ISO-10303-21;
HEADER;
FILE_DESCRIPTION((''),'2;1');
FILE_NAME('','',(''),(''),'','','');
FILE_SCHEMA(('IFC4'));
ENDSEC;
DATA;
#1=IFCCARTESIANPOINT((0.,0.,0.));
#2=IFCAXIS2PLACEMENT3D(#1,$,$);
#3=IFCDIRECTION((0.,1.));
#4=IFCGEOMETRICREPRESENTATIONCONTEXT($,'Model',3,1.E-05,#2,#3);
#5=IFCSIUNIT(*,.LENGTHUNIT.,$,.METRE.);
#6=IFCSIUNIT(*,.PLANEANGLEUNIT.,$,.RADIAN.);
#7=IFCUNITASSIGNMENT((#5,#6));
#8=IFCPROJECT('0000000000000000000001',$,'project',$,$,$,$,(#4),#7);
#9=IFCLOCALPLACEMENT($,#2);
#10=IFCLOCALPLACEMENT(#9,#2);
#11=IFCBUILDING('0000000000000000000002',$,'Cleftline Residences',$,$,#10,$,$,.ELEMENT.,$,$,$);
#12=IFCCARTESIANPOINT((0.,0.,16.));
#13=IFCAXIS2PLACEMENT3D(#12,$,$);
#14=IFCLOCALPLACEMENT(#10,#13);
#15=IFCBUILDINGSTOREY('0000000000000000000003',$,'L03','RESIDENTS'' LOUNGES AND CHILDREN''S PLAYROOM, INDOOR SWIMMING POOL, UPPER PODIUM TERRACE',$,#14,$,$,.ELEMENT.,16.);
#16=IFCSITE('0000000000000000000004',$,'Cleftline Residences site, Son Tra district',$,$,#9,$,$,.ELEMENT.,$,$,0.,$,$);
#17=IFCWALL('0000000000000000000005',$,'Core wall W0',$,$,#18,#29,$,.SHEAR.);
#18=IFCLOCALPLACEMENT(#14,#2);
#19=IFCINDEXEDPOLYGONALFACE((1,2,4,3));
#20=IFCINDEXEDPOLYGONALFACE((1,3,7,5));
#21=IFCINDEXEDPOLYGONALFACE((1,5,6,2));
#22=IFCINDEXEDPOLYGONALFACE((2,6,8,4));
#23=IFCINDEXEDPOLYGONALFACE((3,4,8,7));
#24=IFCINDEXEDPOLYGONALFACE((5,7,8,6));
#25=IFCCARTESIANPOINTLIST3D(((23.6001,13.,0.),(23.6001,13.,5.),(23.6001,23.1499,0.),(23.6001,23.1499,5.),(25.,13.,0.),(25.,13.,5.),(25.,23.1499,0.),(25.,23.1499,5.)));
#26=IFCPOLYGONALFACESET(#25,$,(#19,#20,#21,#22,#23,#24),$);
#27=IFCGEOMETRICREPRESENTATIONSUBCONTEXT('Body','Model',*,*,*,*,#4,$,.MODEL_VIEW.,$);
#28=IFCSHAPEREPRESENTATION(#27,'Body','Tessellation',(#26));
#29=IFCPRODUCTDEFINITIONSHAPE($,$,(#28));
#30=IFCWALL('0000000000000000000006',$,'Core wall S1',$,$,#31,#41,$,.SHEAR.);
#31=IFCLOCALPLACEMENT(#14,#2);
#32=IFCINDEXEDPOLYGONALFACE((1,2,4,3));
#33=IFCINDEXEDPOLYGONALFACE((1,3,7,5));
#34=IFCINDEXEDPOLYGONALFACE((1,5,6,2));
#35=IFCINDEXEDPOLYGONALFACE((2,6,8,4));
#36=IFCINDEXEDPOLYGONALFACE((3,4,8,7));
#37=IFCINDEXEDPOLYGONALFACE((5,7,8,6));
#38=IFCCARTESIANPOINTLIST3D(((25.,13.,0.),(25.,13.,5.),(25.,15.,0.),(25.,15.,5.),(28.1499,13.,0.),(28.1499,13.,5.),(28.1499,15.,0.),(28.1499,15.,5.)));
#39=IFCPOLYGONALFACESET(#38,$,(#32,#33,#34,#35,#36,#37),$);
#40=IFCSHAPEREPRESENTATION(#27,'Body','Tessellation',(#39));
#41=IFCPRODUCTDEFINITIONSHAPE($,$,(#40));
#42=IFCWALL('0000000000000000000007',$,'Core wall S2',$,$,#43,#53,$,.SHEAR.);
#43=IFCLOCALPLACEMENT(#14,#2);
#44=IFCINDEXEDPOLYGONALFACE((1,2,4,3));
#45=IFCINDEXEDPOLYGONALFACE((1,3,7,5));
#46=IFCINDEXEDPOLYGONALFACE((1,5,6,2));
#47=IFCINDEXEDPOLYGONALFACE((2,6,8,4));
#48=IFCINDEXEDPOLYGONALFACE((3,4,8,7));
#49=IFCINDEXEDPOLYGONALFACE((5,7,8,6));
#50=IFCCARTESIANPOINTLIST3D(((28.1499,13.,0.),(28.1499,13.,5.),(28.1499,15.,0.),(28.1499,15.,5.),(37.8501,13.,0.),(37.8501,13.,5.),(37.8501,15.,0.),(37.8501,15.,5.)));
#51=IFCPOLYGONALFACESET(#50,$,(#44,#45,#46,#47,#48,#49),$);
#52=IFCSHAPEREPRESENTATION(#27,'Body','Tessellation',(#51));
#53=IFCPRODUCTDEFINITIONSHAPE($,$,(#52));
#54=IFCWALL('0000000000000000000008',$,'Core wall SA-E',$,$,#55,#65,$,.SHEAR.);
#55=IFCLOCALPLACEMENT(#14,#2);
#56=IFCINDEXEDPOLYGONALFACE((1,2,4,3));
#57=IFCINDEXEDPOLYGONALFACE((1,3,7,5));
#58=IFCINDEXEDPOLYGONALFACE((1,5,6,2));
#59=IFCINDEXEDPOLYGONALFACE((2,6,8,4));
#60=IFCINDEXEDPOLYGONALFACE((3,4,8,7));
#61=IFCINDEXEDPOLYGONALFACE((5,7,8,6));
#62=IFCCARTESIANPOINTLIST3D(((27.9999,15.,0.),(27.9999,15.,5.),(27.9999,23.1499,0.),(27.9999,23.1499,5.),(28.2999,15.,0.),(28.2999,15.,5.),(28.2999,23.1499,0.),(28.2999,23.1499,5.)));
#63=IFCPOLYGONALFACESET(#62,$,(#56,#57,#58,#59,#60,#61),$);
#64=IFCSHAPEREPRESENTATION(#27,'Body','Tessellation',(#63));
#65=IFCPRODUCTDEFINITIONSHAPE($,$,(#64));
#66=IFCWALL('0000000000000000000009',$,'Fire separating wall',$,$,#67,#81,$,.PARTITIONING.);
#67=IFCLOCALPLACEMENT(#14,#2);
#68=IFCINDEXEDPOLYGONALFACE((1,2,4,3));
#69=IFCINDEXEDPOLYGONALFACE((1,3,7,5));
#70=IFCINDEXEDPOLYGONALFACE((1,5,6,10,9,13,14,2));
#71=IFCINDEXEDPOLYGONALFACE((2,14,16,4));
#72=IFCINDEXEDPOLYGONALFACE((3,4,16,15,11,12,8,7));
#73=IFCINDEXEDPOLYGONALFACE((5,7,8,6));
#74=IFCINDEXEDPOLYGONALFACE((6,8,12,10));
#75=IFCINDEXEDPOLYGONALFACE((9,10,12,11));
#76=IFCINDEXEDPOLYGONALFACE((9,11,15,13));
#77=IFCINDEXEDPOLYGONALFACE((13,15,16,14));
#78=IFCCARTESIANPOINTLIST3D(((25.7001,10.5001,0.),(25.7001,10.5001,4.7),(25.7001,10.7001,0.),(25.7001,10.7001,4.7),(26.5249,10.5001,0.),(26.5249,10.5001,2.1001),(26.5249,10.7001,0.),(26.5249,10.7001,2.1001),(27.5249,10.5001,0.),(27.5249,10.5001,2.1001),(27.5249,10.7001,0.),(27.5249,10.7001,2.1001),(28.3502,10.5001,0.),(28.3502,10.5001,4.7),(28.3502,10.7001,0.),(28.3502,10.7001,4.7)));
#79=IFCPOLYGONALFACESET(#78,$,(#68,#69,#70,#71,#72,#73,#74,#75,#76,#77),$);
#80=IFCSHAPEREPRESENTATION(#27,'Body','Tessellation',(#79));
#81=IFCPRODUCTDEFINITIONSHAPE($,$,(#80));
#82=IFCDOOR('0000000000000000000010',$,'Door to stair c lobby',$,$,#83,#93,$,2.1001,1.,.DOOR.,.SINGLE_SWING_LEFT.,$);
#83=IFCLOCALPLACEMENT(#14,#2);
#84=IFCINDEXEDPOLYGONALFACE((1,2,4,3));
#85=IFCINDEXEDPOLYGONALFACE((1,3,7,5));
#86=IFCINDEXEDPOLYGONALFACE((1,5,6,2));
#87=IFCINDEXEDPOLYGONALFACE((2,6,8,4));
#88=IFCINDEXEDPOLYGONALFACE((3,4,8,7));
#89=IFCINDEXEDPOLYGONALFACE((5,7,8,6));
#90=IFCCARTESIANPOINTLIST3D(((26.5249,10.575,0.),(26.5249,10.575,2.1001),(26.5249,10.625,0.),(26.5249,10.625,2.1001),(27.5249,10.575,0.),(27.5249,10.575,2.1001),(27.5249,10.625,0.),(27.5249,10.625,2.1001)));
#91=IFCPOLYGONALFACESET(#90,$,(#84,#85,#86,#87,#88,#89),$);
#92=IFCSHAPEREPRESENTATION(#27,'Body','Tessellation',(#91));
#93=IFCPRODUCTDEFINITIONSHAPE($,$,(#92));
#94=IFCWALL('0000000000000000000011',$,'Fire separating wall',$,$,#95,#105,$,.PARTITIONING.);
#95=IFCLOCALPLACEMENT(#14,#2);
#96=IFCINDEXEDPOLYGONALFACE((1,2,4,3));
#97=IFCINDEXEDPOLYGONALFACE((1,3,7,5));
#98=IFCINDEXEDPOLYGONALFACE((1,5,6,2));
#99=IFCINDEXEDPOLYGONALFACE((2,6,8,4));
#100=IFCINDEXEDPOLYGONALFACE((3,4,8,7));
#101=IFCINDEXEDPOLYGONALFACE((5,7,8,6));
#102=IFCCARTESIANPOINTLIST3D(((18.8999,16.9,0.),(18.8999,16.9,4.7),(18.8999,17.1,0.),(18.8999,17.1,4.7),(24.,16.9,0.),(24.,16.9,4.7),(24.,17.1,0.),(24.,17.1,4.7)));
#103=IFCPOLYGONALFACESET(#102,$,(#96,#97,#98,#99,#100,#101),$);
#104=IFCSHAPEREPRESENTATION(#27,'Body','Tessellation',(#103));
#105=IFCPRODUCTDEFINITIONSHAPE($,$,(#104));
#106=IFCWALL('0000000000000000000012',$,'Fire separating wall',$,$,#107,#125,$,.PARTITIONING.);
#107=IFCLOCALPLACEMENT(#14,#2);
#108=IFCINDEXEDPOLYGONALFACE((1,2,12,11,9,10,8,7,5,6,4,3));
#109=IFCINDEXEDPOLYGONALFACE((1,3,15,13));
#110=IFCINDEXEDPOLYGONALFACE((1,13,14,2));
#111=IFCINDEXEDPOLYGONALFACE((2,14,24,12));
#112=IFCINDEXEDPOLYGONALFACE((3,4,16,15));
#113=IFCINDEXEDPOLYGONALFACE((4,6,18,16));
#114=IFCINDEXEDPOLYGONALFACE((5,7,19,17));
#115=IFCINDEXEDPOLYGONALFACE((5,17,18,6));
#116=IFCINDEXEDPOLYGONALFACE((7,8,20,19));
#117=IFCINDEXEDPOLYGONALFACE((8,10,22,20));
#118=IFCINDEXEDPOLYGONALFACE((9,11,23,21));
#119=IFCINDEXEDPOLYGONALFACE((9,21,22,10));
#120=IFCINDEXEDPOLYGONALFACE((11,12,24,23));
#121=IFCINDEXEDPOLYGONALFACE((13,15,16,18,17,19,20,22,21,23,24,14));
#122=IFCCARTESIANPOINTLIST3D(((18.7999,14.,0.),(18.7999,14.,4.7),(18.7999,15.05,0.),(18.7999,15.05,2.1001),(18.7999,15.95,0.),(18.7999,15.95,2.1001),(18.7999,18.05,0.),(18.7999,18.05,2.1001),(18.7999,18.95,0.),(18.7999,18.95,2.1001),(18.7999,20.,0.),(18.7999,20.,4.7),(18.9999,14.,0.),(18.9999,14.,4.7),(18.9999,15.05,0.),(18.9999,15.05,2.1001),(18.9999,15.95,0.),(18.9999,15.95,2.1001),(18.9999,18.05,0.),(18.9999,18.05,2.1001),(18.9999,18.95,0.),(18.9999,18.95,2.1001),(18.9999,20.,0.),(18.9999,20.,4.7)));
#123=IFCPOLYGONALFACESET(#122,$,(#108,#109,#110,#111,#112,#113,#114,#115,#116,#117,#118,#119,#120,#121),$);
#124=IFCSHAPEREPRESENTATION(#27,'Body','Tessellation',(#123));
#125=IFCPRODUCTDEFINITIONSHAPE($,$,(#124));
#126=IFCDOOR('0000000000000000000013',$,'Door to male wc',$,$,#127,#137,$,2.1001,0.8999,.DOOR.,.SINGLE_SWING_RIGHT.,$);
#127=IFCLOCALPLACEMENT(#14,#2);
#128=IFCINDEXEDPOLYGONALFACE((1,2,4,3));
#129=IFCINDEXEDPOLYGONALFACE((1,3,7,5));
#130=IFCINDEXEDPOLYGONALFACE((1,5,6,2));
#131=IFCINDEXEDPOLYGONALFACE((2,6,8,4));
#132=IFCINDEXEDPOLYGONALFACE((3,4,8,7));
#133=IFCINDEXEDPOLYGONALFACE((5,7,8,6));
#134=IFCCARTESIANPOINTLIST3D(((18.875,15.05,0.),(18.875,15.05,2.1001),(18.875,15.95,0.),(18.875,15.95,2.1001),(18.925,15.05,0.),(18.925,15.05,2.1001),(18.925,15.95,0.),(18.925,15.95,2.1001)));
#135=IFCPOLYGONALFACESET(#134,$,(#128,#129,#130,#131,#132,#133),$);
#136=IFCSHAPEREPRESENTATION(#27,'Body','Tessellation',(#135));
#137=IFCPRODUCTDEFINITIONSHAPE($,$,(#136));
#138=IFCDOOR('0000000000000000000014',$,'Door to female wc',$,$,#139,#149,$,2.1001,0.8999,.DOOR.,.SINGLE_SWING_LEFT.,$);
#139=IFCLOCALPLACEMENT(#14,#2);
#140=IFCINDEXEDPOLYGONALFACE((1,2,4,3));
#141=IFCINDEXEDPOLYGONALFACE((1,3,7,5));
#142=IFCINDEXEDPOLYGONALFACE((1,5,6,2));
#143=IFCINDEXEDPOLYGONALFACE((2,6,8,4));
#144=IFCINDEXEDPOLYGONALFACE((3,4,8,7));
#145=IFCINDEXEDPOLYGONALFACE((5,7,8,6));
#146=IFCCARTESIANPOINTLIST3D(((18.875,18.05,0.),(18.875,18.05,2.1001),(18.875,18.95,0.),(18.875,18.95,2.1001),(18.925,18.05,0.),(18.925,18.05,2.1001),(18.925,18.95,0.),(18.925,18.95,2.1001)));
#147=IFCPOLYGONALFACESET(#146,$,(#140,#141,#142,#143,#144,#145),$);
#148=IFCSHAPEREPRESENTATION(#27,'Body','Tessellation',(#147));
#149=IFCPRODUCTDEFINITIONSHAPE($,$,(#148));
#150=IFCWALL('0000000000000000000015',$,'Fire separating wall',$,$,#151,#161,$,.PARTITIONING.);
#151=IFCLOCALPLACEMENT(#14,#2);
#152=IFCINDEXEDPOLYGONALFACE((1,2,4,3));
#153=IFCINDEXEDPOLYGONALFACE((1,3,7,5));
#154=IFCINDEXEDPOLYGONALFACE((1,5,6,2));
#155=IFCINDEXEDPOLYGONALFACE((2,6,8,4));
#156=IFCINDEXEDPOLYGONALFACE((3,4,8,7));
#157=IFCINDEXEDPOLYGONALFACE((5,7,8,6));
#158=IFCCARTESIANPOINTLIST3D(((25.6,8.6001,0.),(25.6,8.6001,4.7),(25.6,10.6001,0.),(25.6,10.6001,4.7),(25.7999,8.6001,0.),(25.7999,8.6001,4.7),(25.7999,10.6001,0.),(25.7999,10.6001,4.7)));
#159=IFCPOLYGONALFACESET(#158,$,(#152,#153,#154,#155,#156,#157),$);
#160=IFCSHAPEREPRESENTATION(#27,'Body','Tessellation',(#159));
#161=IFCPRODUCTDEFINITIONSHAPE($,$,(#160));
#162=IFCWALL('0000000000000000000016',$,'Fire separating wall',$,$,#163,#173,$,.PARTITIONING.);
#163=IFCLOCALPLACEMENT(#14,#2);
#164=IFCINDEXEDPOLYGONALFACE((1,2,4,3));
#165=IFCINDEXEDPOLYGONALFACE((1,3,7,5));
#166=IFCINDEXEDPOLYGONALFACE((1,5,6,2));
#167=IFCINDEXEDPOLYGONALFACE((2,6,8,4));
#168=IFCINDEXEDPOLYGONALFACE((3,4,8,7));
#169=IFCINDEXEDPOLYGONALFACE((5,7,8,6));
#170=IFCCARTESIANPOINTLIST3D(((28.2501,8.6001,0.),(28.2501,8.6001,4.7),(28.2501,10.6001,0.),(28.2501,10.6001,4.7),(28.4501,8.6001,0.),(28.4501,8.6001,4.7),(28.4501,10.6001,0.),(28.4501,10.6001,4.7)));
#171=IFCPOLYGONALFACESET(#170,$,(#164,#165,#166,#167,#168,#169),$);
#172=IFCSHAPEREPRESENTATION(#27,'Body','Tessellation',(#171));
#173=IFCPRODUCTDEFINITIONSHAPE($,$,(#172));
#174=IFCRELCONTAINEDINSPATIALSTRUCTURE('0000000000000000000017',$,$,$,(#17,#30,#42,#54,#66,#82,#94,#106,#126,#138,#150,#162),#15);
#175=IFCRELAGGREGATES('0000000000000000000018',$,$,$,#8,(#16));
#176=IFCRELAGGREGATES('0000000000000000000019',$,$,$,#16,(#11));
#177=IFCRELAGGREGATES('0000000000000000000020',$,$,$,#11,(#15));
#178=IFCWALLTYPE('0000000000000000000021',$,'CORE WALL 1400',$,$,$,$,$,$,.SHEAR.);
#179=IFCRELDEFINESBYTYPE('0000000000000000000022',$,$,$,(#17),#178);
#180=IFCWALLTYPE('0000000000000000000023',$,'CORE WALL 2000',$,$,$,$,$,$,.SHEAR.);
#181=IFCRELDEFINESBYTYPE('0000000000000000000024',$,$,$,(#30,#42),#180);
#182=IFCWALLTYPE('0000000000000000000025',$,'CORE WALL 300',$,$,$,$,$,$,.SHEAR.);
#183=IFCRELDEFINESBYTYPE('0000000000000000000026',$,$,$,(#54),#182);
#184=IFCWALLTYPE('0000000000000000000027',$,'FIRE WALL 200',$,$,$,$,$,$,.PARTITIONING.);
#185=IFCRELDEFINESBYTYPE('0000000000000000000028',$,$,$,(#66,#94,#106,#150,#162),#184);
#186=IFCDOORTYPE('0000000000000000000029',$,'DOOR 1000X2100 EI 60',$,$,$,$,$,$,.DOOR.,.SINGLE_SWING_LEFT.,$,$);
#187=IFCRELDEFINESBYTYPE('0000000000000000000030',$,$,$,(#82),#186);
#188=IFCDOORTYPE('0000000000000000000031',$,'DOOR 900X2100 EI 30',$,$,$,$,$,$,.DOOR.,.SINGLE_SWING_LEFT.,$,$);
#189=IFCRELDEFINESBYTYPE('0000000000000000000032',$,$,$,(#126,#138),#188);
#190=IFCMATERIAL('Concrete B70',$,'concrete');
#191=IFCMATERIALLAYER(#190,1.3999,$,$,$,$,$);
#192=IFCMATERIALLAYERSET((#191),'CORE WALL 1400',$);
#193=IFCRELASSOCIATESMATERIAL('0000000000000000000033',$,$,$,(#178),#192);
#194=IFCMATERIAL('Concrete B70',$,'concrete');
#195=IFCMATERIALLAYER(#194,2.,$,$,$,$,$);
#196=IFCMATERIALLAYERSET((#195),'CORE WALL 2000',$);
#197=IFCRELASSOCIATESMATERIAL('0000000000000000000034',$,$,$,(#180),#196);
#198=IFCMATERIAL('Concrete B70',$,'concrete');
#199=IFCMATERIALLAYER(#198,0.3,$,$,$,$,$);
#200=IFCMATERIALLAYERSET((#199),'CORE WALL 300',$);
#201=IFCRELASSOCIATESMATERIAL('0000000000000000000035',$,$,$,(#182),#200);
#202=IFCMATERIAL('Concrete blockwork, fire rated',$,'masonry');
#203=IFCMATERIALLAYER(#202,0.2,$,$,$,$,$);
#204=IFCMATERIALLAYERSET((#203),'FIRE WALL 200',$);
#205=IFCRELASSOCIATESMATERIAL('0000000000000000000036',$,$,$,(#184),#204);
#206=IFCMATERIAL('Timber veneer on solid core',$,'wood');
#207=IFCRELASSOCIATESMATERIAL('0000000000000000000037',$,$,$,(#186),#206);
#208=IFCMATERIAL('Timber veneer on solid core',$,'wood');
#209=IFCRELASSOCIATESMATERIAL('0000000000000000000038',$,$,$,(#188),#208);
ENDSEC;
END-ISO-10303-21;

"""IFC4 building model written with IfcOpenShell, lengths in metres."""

from ifc_helpers import new_model, si_unit, direction, frame, frame_2d, origin, place, context, subcontext, project, spatial, rectangle, extrude, material, layer, layer_set, type_object, element, fill, save


model = new_model("IFC4")

# Units and contexts
model_context = context("Model", 3, precision=1e-05, world=origin(), true_north=direction((0.0, 1.0)))
body_context = subcontext(model_context, "Body", "Model", "MODEL_VIEW")
ifc_project = project(units=[si_unit("LENGTHUNIT", "METRE"), si_unit("PLANEANGLEUNIT", "RADIAN")], contexts=[model_context])

# Site, building, storey
site_placement = place(None, origin())
site = spatial("IfcSite", under=ifc_project, at=site_placement, Name="Cleftline Residences site, Son Tra district", CompositionType="ELEMENT", RefElevation=0.0)
building_placement = place(site_placement, origin())
building = spatial("IfcBuilding", under=site, at=building_placement, Name="Cleftline Residences", CompositionType="ELEMENT")
storey_placement = place(building_placement, frame((0.0, 0.0, 16.0)))
storey = spatial("IfcBuildingStorey", under=building, at=storey_placement, Name="L03", Description="RESIDENTS' LOUNGES AND CHILDREN'S PLAYROOM, INDOOR SWIMMING POOL, UPPER PODIUM TERRACE", CompositionType="ELEMENT", Elevation=16.0)

# Walls
ifc_material_1 = material(Name="Concrete B70", Category="concrete")
ifc_layer_1 = layer(ifc_material_1, 1.3999)
ifc_layer_set_1 = layer_set([ifc_layer_1], Name="CORE WALL 1400")
wall_type_1 = type_object("IfcWallType", Name="CORE WALL 1400", PredefinedType="SHEAR", material=ifc_layer_set_1)
wall_1_placement = place(storey_placement, frame((24.3, 13.0, 0.0), z_axis=(0.0, 0.0, 1.0), x_axis=(0.0, 1.0, 0.0)))
element("IfcWall", 1, at=wall_1_placement, inside=storey, type_object=wall_type_1, Name="Core wall W0", PredefinedType="SHEAR", context=body_context, shape_type="SweptSolid", body=[
    extrude(rectangle(XDim=10.1499, YDim=1.3999, at=frame_2d((5.075, 0.0))), origin(), (0.0, 0.0, 1.0), 5.0),
])
ifc_material_2 = material(Name="Concrete B70", Category="concrete")
ifc_layer_2 = layer(ifc_material_2, 2.0)
ifc_layer_set_2 = layer_set([ifc_layer_2], Name="CORE WALL 2000")
wall_type_2 = type_object("IfcWallType", Name="CORE WALL 2000", PredefinedType="SHEAR", material=ifc_layer_set_2)
wall_2_placement = place(storey_placement, frame((25.0, 14.0, 0.0), z_axis=(0.0, 0.0, 1.0), x_axis=(1.0, 0.0, 0.0)))
element("IfcWall", 2, at=wall_2_placement, inside=storey, type_object=wall_type_2, Name="Core wall S1", PredefinedType="SHEAR", context=body_context, shape_type="SweptSolid", body=[
    extrude(rectangle(XDim=3.1499, YDim=2.0, at=frame_2d((1.575, 0.0))), origin(), (0.0, 0.0, 1.0), 5.0),
])
wall_3_placement = place(storey_placement, frame((28.1499, 14.0, 0.0), z_axis=(0.0, 0.0, 1.0), x_axis=(1.0, 0.0, 0.0)))
element("IfcWall", 3, at=wall_3_placement, inside=storey, type_object=wall_type_2, Name="Core wall S2", PredefinedType="SHEAR", context=body_context, shape_type="SweptSolid", body=[
    extrude(rectangle(XDim=9.7002, YDim=2.0, at=frame_2d((4.8501, 0.0))), origin(), (0.0, 0.0, 1.0), 5.0),
])
ifc_material_3 = material(Name="Concrete B70", Category="concrete")
ifc_layer_3 = layer(ifc_material_3, 0.3)
ifc_layer_set_3 = layer_set([ifc_layer_3], Name="CORE WALL 300")
wall_type_3 = type_object("IfcWallType", Name="CORE WALL 300", PredefinedType="SHEAR", material=ifc_layer_set_3)
wall_4_placement = place(storey_placement, frame((28.1499, 15.0, 0.0), z_axis=(0.0, 0.0, 1.0), x_axis=(0.0, 1.0, 0.0)))
element("IfcWall", 4, at=wall_4_placement, inside=storey, type_object=wall_type_3, Name="Core wall SA-E", PredefinedType="SHEAR", context=body_context, shape_type="SweptSolid", body=[
    extrude(rectangle(XDim=8.1499, YDim=0.3, at=frame_2d((4.075, 0.0))), origin(), (0.0, 0.0, 1.0), 5.0),
])

# Wall, opening, door
ifc_material_4 = material(Name="Concrete blockwork, fire rated", Category="masonry")
ifc_layer_4 = layer(ifc_material_4, 0.2)
ifc_layer_set_4 = layer_set([ifc_layer_4], Name="FIRE WALL 200")
wall_type_4 = type_object("IfcWallType", Name="FIRE WALL 200", PredefinedType="PARTITIONING", material=ifc_layer_set_4)
wall_5_placement = place(storey_placement, frame((25.7, 10.6001, 0.0), z_axis=(0.0, 0.0, 1.0), x_axis=(1.0, 0.0, 0.0)))
wall_5 = element("IfcWall", 5, at=wall_5_placement, inside=storey, type_object=wall_type_4, Name="Fire separating wall", PredefinedType="PARTITIONING", context=body_context, shape_type="SweptSolid", body=[
    extrude(rectangle(XDim=2.6501, YDim=0.2, at=frame_2d((1.3252, 0.0))), origin(), (0.0, 0.0, 1.0), 4.7),
])
opening_1_placement = place(wall_5_placement, frame((0.825, 0.0, 0.0)))
opening_1 = element("IfcOpeningElement", 6, at=opening_1_placement, cuts=wall_5, PredefinedType="OPENING", context=body_context, shape_type="SweptSolid", body=[
    extrude(rectangle(XDim=1.0, YDim=2.1001, at=frame_2d((0.5, 1.05))), frame((0.0, 0.1099, 0.0), z_axis=(0.0, -1.0, 0.0), x_axis=(1.0, 0.0, 0.0)), (0.0, 0.0, 1.0), 0.22),
])
ifc_material_5 = material(Name="Timber veneer on solid core", Category="wood")
door_type_1 = type_object("IfcDoorType", Name="DOOR 1000X2100 EI 60", OperationType="SINGLE_SWING_LEFT", PredefinedType="DOOR", material=ifc_material_5)
door_1_placement = place(opening_1_placement, origin())
door_1 = element("IfcDoor", 7, at=door_1_placement, inside=storey, type_object=door_type_1, Name="Door to stair c lobby", OperationType="SINGLE_SWING_LEFT", OverallHeight=2.1001, OverallWidth=1.0, PredefinedType="DOOR", context=body_context, shape_type="SweptSolid", body=[
    extrude(rectangle(XDim=1.0, YDim=2.1001, at=frame_2d((0.5, 1.05))), frame((0.0, 0.0249, 0.0), z_axis=(0.0, -1.0, 0.0), x_axis=(1.0, 0.0, 0.0)), (0.0, 0.0, 1.0), 0.05),
])
fill(opening_1, door_1)

# Wall
wall_6_placement = place(storey_placement, frame((18.8999, 17.0, 0.0), z_axis=(0.0, 0.0, 1.0), x_axis=(1.0, 0.0, 0.0)))
element("IfcWall", 8, at=wall_6_placement, inside=storey, type_object=wall_type_4, Name="Fire separating wall", PredefinedType="PARTITIONING", context=body_context, shape_type="SweptSolid", body=[
    extrude(rectangle(XDim=5.1001, YDim=0.2, at=frame_2d((2.55, 0.0))), origin(), (0.0, 0.0, 1.0), 4.7),
])

# Wall, openings, doors
wall_7_placement = place(storey_placement, frame((18.8999, 14.0, 0.0), z_axis=(0.0, 0.0, 1.0), x_axis=(0.0, 1.0, 0.0)))
wall_7 = element("IfcWall", 9, at=wall_7_placement, inside=storey, type_object=wall_type_4, Name="Fire separating wall", PredefinedType="PARTITIONING", context=body_context, shape_type="SweptSolid", body=[
    extrude(rectangle(XDim=6.0, YDim=0.2, at=frame_2d((3.0, 0.0))), origin(), (0.0, 0.0, 1.0), 4.7),
])
opening_2_placement = place(wall_7_placement, frame((1.05, 0.0, 0.0)))
opening_2 = element("IfcOpeningElement", 10, at=opening_2_placement, cuts=wall_7, PredefinedType="OPENING", context=body_context, shape_type="SweptSolid", body=[
    extrude(rectangle(XDim=0.8999, YDim=2.1001, at=frame_2d((0.45, 1.05))), frame((0.0, 0.1099, 0.0), z_axis=(0.0, -1.0, 0.0), x_axis=(1.0, 0.0, 0.0)), (0.0, 0.0, 1.0), 0.22),
])
opening_3_placement = place(wall_7_placement, frame((4.05, 0.0, 0.0)))
opening_3 = element("IfcOpeningElement", 11, at=opening_3_placement, cuts=wall_7, PredefinedType="OPENING", context=body_context, shape_type="SweptSolid", body=[
    extrude(rectangle(XDim=0.8999, YDim=2.1001, at=frame_2d((0.45, 1.05))), frame((0.0, 0.1099, 0.0), z_axis=(0.0, -1.0, 0.0), x_axis=(1.0, 0.0, 0.0)), (0.0, 0.0, 1.0), 0.22),
])
ifc_material_6 = material(Name="Timber veneer on solid core", Category="wood")
door_type_2 = type_object("IfcDoorType", Name="DOOR 900X2100 EI 30", OperationType="SINGLE_SWING_LEFT", PredefinedType="DOOR", material=ifc_material_6)
door_2_placement = place(opening_2_placement, origin())
door_2 = element("IfcDoor", 12, at=door_2_placement, inside=storey, type_object=door_type_2, Name="Door to male wc", OperationType="SINGLE_SWING_RIGHT", OverallHeight=2.1001, OverallWidth=0.8999, PredefinedType="DOOR", context=body_context, shape_type="SweptSolid", body=[
    extrude(rectangle(XDim=0.8999, YDim=2.1001, at=frame_2d((0.45, 1.05))), frame((0.0, 0.0249, 0.0), z_axis=(0.0, -1.0, 0.0), x_axis=(1.0, 0.0, 0.0)), (0.0, 0.0, 1.0), 0.05),
])
fill(opening_2, door_2)
door_3_placement = place(opening_3_placement, origin())
door_3 = element("IfcDoor", 13, at=door_3_placement, inside=storey, type_object=door_type_2, Name="Door to female wc", OperationType="SINGLE_SWING_LEFT", OverallHeight=2.1001, OverallWidth=0.8999, PredefinedType="DOOR", context=body_context, shape_type="SweptSolid", body=[
    extrude(rectangle(XDim=0.8999, YDim=2.1001, at=frame_2d((0.45, 1.05))), frame((0.0, 0.0249, 0.0), z_axis=(0.0, -1.0, 0.0), x_axis=(1.0, 0.0, 0.0)), (0.0, 0.0, 1.0), 0.05),
])
fill(opening_3, door_3)

# Walls
for number, where, z_axis, x_axis, name in (
    (14, (25.7, 8.6001, 0.0), (0.0, 0.0, 1.0), (0.0, 1.0, 0.0), "Fire separating wall"),
    (15, (28.3501, 8.6001, 0.0), (0.0, 0.0, 1.0), (0.0, 1.0, 0.0), "Fire separating wall"),
):
    element("IfcWall", number, at=place(storey_placement, frame(where, z_axis=z_axis, x_axis=x_axis)), inside=storey, type_object=wall_type_4, Name=name, PredefinedType="PARTITIONING", context=body_context, shape_type="SweptSolid", body=[
        extrude(rectangle(XDim=2.0, YDim=0.2, at=frame_2d((1.0, 0.0))), origin(), (0.0, 0.0, 1.0), 4.7),
    ])

save(model, "model.ifc")
